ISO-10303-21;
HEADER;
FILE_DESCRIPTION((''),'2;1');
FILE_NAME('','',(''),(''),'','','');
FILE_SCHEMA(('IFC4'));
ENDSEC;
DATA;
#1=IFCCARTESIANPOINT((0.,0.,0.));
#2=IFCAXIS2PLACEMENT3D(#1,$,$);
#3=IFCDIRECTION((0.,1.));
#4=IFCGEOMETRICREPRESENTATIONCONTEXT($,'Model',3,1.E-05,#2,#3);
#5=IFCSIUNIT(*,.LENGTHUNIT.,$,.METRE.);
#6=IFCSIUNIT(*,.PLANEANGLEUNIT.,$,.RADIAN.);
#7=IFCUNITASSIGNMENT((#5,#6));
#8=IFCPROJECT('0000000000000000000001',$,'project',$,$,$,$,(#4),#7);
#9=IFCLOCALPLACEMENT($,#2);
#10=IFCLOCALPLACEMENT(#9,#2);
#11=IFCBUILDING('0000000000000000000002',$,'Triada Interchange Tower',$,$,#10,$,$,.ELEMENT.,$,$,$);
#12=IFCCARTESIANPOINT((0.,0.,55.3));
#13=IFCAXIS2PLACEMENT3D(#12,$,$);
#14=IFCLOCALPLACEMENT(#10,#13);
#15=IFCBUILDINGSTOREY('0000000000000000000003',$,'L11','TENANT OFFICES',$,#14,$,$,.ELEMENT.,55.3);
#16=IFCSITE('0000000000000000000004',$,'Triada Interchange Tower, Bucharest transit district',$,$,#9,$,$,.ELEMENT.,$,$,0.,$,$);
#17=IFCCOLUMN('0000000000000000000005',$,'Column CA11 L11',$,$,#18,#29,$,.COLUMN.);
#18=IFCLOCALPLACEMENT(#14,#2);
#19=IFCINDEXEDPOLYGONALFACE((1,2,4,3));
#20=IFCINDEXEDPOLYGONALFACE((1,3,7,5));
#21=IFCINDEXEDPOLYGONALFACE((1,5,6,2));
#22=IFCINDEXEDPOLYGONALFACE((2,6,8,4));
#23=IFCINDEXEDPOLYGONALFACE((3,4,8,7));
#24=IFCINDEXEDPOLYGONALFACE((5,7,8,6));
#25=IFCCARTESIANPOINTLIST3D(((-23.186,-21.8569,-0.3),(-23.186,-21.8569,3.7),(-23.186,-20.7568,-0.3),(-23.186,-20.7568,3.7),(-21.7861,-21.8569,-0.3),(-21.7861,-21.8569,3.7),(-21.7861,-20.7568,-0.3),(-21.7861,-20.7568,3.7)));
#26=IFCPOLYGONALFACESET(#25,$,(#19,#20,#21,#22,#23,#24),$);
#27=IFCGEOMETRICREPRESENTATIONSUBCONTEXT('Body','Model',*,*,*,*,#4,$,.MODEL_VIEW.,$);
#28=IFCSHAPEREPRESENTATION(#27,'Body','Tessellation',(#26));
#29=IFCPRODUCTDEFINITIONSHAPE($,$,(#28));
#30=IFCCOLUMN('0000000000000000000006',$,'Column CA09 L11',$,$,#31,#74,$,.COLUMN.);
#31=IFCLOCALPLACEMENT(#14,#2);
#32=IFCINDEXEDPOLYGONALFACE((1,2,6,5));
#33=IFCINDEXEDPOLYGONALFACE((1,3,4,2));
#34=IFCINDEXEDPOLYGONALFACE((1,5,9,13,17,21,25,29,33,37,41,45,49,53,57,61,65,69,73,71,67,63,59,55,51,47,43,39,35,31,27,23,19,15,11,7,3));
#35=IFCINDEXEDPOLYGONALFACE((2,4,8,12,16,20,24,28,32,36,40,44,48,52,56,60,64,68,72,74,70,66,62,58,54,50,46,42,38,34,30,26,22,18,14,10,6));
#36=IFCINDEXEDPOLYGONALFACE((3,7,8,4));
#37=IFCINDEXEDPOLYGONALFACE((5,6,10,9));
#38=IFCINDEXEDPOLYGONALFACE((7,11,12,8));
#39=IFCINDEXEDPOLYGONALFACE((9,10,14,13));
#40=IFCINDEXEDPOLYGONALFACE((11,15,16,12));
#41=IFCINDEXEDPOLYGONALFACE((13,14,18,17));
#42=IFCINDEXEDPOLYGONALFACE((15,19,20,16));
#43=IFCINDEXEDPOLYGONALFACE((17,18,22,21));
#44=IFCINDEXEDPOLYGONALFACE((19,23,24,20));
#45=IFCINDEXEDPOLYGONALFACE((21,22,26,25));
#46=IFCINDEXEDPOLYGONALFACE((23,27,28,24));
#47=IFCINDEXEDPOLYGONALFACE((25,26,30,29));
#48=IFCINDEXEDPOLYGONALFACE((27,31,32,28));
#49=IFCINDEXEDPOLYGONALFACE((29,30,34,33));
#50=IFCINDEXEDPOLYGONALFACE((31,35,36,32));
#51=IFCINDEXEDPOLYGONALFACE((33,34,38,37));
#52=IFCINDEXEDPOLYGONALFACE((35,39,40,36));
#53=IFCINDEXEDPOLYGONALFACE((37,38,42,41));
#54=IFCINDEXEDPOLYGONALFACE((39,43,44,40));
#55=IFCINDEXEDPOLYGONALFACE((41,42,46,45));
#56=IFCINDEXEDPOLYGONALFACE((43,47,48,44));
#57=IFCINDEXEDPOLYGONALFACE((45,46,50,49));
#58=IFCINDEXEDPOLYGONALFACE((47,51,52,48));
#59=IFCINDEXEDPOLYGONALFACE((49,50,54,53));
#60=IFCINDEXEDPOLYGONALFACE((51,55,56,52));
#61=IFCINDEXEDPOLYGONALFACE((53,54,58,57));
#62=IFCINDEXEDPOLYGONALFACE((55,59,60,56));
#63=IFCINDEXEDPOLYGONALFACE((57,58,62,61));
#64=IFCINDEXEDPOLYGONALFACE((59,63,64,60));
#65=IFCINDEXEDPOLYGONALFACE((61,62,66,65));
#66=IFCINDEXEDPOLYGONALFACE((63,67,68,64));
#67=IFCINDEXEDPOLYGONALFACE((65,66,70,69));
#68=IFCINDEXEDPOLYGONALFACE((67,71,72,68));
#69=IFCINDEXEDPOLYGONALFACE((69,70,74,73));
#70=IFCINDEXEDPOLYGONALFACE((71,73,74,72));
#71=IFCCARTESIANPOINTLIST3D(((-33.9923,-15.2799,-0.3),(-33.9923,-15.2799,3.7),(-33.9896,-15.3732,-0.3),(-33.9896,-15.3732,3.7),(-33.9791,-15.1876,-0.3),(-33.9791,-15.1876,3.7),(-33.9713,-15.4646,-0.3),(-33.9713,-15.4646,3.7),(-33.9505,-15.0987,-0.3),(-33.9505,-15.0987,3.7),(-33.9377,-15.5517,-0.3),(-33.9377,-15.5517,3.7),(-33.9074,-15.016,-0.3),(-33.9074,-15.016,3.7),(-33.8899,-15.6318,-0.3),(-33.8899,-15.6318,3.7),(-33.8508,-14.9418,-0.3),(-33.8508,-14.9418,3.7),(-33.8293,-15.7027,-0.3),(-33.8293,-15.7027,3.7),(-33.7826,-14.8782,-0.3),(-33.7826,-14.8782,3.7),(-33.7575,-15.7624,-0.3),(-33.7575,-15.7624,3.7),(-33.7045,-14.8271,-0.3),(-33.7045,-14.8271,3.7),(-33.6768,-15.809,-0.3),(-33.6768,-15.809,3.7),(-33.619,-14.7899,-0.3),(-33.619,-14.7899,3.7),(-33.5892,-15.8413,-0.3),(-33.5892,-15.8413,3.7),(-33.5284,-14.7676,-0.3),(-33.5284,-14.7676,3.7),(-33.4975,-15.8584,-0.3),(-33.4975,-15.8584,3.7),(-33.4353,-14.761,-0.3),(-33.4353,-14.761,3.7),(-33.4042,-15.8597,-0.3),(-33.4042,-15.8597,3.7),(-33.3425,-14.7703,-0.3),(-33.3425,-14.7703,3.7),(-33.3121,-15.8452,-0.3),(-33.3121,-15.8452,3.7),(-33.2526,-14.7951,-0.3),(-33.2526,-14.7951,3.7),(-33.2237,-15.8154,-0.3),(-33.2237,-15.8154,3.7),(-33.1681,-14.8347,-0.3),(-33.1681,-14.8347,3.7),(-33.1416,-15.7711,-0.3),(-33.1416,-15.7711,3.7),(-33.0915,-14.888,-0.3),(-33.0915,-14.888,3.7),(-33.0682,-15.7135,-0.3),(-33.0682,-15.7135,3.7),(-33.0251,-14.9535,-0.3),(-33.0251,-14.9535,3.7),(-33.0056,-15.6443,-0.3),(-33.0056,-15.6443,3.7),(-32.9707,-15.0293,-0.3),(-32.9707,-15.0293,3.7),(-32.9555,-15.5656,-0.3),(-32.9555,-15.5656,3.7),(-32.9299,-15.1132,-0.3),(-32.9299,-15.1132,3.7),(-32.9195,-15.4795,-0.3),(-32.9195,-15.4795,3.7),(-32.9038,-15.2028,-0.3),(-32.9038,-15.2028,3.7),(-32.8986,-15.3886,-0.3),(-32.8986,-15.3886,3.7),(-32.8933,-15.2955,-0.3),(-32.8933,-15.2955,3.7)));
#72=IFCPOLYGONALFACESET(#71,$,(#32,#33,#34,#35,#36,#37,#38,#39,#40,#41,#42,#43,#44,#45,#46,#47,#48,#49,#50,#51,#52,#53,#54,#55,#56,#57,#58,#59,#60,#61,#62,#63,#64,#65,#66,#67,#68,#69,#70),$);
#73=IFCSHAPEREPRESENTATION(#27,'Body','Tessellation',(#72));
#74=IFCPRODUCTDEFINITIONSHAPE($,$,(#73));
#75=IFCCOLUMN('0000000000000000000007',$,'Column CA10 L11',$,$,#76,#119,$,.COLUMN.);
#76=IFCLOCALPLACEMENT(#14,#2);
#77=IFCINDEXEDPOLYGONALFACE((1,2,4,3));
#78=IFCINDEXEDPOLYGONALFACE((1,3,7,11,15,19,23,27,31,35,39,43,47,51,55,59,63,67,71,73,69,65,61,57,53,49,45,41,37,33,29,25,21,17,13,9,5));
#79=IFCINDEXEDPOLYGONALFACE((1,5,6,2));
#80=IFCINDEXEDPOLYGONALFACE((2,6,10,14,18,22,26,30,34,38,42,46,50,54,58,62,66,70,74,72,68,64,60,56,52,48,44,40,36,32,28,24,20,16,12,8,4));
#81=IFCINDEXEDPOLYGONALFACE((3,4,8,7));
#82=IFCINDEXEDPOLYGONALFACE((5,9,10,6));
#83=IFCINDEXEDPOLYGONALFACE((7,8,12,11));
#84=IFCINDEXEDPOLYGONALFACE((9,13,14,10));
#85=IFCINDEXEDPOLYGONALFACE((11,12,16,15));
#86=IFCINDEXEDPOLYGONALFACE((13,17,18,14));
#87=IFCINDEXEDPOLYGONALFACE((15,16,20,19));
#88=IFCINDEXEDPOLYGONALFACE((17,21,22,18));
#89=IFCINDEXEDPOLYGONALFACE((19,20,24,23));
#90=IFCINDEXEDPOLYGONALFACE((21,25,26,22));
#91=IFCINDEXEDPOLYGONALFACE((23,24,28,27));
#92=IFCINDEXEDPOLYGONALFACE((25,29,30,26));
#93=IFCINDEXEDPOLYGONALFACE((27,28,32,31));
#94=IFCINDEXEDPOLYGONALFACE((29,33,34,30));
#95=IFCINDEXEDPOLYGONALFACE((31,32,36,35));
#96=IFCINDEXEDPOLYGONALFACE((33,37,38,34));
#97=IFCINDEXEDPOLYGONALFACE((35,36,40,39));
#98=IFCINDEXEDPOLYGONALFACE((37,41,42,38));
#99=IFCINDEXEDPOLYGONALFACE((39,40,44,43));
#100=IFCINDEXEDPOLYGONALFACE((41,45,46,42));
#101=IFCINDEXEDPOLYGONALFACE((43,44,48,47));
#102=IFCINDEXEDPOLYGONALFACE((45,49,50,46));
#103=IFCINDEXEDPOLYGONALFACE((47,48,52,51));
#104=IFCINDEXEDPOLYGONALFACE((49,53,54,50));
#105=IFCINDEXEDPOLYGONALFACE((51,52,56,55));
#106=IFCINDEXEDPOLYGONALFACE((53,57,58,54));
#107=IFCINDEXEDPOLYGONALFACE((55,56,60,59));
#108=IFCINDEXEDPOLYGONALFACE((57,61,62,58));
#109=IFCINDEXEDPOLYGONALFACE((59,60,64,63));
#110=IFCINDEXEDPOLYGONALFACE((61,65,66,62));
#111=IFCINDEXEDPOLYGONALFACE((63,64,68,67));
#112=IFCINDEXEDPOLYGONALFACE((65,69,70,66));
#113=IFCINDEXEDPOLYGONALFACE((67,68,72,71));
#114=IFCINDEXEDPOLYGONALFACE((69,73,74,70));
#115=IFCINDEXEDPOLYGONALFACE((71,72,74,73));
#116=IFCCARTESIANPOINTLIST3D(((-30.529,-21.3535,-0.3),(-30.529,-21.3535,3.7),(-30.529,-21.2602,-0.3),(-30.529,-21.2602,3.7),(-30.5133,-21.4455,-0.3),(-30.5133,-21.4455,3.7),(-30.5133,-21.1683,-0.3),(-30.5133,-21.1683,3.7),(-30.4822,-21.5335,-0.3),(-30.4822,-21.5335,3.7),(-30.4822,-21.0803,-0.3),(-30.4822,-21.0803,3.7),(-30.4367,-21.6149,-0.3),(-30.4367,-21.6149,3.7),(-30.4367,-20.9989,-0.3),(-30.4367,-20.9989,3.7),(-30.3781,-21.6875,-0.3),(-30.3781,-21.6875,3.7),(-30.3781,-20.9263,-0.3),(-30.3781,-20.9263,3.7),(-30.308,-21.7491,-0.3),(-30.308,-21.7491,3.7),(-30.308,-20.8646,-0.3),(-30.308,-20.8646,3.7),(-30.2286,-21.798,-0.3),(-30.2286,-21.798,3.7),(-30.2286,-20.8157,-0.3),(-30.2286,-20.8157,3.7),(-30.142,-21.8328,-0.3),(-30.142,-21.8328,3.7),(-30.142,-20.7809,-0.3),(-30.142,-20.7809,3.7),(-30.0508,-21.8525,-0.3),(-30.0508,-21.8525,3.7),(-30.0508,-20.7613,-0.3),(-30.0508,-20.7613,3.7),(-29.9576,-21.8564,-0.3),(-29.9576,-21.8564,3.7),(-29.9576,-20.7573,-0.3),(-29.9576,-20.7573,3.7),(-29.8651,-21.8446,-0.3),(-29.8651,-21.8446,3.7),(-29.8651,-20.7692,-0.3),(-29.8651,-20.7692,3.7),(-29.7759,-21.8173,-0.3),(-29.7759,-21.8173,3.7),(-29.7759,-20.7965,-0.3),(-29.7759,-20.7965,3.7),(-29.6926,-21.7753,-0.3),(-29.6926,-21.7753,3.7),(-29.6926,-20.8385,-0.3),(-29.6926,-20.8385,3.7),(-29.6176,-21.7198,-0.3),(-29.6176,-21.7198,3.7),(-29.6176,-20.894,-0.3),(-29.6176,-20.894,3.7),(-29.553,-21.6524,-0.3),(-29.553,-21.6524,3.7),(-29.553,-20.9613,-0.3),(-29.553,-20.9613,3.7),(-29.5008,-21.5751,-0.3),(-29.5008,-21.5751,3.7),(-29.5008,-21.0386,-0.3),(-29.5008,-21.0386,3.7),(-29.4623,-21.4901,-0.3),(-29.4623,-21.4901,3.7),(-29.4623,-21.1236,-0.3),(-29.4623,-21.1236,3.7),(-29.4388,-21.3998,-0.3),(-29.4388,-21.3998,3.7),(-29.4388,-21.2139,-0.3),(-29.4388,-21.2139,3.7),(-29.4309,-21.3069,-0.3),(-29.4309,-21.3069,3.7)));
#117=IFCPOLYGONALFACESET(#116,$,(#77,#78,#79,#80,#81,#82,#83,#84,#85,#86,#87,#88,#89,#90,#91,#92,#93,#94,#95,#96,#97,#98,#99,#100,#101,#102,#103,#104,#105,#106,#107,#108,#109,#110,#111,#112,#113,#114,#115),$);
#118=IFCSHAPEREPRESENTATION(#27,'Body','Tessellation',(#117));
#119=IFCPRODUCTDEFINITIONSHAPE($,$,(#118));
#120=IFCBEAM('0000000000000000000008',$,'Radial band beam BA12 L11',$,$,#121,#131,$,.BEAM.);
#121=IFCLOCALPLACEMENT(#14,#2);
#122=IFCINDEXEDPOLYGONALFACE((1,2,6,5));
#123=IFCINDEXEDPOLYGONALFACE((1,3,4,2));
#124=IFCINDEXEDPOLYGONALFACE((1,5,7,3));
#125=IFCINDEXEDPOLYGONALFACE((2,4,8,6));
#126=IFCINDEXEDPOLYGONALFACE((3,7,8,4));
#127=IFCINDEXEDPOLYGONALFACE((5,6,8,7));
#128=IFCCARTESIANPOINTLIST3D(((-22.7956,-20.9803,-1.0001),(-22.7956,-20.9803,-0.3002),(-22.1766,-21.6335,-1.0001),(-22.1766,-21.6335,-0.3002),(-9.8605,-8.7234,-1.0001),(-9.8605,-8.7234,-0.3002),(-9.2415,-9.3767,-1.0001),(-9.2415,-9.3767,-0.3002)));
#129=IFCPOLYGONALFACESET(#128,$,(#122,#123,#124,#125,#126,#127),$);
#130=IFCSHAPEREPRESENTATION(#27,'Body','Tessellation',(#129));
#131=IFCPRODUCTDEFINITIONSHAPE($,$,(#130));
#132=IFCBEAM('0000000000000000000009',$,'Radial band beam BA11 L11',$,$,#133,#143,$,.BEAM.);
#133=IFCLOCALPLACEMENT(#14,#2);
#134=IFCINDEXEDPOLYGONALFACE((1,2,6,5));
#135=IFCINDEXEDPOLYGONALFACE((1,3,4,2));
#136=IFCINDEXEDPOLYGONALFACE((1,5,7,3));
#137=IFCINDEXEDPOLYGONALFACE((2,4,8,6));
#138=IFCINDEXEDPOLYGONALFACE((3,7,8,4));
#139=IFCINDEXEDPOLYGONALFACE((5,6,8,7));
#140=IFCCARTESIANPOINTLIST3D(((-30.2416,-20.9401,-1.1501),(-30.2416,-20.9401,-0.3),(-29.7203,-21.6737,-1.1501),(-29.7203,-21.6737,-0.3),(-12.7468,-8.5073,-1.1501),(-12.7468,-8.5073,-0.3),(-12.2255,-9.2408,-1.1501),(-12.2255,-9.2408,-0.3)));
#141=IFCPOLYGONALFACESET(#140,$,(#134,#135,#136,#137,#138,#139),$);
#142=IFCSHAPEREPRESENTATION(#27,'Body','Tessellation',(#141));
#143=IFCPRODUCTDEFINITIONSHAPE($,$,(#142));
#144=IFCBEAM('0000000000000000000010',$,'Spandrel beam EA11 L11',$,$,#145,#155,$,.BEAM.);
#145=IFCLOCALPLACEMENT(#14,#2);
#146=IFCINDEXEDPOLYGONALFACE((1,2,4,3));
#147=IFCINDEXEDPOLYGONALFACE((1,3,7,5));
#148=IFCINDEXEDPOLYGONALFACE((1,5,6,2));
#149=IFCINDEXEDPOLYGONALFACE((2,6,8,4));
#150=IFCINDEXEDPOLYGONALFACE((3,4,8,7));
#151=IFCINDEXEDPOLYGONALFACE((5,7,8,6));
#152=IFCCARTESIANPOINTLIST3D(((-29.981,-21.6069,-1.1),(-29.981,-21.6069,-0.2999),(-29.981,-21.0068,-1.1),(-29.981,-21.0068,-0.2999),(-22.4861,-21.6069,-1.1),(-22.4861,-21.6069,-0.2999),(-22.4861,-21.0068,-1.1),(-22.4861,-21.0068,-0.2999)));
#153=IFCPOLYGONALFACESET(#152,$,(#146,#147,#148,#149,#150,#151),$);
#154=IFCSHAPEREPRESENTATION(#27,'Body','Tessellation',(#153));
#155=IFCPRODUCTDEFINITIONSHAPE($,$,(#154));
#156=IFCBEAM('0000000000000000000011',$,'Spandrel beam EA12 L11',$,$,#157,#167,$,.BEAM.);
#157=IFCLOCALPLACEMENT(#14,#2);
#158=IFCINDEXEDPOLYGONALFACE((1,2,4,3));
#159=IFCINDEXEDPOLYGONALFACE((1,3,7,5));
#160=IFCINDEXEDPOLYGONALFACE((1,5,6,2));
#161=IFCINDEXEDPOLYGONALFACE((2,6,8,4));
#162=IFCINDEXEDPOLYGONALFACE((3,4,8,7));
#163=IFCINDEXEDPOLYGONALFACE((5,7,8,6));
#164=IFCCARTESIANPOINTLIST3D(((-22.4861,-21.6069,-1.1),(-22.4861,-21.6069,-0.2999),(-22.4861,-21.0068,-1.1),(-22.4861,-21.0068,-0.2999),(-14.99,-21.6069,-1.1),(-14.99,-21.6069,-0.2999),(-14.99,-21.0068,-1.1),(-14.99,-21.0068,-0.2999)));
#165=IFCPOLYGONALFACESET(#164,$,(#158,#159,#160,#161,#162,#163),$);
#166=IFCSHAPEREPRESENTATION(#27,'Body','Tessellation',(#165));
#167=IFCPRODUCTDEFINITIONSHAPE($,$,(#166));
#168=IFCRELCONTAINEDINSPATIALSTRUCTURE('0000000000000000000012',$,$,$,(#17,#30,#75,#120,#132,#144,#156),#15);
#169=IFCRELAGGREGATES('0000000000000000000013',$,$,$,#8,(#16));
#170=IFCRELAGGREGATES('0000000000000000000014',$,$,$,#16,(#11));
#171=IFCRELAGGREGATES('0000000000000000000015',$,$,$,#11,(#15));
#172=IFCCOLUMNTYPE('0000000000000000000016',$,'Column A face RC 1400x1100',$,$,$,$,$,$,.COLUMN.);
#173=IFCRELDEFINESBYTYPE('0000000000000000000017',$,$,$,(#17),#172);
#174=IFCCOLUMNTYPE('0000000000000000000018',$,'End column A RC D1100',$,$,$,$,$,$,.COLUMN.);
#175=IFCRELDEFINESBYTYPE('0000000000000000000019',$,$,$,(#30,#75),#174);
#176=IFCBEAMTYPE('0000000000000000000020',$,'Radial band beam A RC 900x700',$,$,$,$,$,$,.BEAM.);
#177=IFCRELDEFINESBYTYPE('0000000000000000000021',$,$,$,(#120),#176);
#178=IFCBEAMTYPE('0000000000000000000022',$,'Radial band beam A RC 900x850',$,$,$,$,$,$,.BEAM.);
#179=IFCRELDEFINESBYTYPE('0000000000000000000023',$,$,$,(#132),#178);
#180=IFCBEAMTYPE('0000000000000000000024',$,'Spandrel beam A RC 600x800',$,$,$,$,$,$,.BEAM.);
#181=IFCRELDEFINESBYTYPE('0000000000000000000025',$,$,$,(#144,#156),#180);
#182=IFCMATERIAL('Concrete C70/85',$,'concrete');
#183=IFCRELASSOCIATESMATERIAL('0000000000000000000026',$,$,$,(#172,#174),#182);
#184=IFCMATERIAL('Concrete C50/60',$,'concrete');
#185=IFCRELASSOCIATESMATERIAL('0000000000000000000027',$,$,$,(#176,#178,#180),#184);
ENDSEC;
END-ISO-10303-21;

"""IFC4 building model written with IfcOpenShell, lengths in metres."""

from ifc_helpers import new_model, si_unit, direction, frame, origin, origin_2d, place, context, subcontext, project, spatial, rectangle, circle, extrude, material, material_profile, profile_set, type_object, element, save


model = new_model("IFC4")

# Units and contexts
model_context = context("Model", 3, precision=1e-05, world=origin(), true_north=direction((0.0, 1.0)))
body_context = subcontext(model_context, "Body", "Model", "MODEL_VIEW")
ifc_project = project(units=[si_unit("LENGTHUNIT", "METRE"), si_unit("PLANEANGLEUNIT", "RADIAN")], contexts=[model_context])

# Site, building, storey
site_placement = place(None, origin())
site = spatial("IfcSite", under=ifc_project, at=site_placement, Name="Triada Interchange Tower, Bucharest transit district", CompositionType="ELEMENT", RefElevation=0.0)
building_placement = place(site_placement, origin())
building = spatial("IfcBuilding", under=site, at=building_placement, Name="Triada Interchange Tower", CompositionType="ELEMENT")
storey_placement = place(building_placement, frame((0.0, 0.0, 55.3)))
storey = spatial("IfcBuildingStorey", under=building, at=storey_placement, Name="L11", Description="TENANT OFFICES", CompositionType="ELEMENT", Elevation=55.3)

# Columns
ifc_material_1 = material(Name="Concrete C70/85", Category="concrete")
ifc_material_profile_1 = material_profile(ifc_material_1, rectangle(XDim=1.3999, YDim=1.1001, at=origin_2d()), Name="RC 1400x1100")
ifc_profile_set_1 = profile_set([ifc_material_profile_1], Name="Concrete C70/85")
column_type_1 = type_object("IfcColumnType", Name="Column A face RC 1400x1100", PredefinedType="COLUMN", material=ifc_profile_set_1)
column_placement = place(storey_placement, frame((-22.4861, -21.3069, -0.3), z_axis=(0.0, 0.0, 1.0), x_axis=(1.0, 0.0, 0.0)))
element("IfcColumn", 1, at=column_placement, inside=storey, type_object=column_type_1, Name="Column CA11 L11", PredefinedType="COLUMN", context=body_context, shape_type="SweptSolid", body=[
    extrude(rectangle(XDim=1.3999, YDim=1.1001, at=origin_2d()), origin(), (0.0, 0.0, 1.0), 4.0),
])
ifc_material_profile_2 = material_profile(ifc_material_1, circle(Radius=0.55, at=origin_2d()), Name="RC D1100")
ifc_profile_set_2 = profile_set([ifc_material_profile_2], Name="Concrete C70/85")
column_type_2 = type_object("IfcColumnType", Name="End column A RC D1100", PredefinedType="COLUMN", material=ifc_profile_set_2)
for number, where, z_axis, x_axis, name in (
    (2, (-33.4431, -15.311, -0.3), (0.0, 0.0, 1.0), (0.5, 0.866025, 0.0), "Column CA09 L11"),
    (3, (-29.981, -21.3069, -0.3), (0.0, 0.0, 1.0), (1.0, 0.0, 0.0), "Column CA10 L11"),
):
    element("IfcColumn", number, at=place(storey_placement, frame(where, z_axis=z_axis, x_axis=x_axis)), inside=storey, type_object=column_type_2, Name=name, PredefinedType="COLUMN", context=body_context, shape_type="SweptSolid", body=[
        extrude(circle(Radius=0.55, at=origin_2d()), origin(), (0.0, 0.0, 1.0), 4.0),
    ])

# Beams
ifc_material_2 = material(Name="Concrete C50/60", Category="concrete")
ifc_material_profile_3 = material_profile(ifc_material_2, rectangle(XDim=0.8999, YDim=0.7, at=origin_2d()), Name="RC 900x700")
ifc_profile_set_3 = profile_set([ifc_material_profile_3], Name="Concrete C50/60")
beam_type_1 = type_object("IfcBeamType", Name="Radial band beam A RC 900x700", PredefinedType="BEAM", material=ifc_profile_set_3)
beam_1_placement = place(storey_placement, frame((-22.4861, -21.3069, -0.6501), z_axis=(0.725881, 0.687821, 0.0), x_axis=(-0.687821, 0.725881, 0.0)))
element("IfcBeam", 4, at=beam_1_placement, inside=storey, type_object=beam_type_1, Name="Radial band beam BA12 L11", PredefinedType="BEAM", context=body_context, shape_type="SweptSolid", body=[
    extrude(rectangle(XDim=0.8999, YDim=0.7, at=origin_2d()), origin(), (0.0, 0.0, 1.0), 17.8198),
])
ifc_material_profile_4 = material_profile(ifc_material_2, rectangle(XDim=0.8999, YDim=0.8501, at=origin_2d()), Name="RC 900x850")
ifc_profile_set_4 = profile_set([ifc_material_profile_4], Name="Concrete C50/60")
beam_type_2 = type_object("IfcBeamType", Name="Radial band beam A RC 900x850", PredefinedType="BEAM", material=ifc_profile_set_4)
beam_2_placement = place(storey_placement, frame((-29.981, -21.3069, -0.7251), z_axis=(0.81513, 0.579278, 0.0), x_axis=(-0.579278, 0.81513, 0.0)))
element("IfcBeam", 5, at=beam_2_placement, inside=storey, type_object=beam_type_2, Name="Radial band beam BA11 L11", PredefinedType="BEAM", context=body_context, shape_type="SweptSolid", body=[
    extrude(rectangle(XDim=0.8999, YDim=0.8501, at=origin_2d()), origin(), (0.0, 0.0, 1.0), 21.4626),
])
ifc_material_profile_5 = material_profile(ifc_material_2, rectangle(XDim=0.6001, YDim=0.8, at=origin_2d()), Name="RC 600x800")
ifc_profile_set_5 = profile_set([ifc_material_profile_5], Name="Concrete C50/60")
beam_type_3 = type_object("IfcBeamType", Name="Spandrel beam A RC 600x800", PredefinedType="BEAM", material=ifc_profile_set_5)
beam_3_placement = place(storey_placement, frame((-29.981, -21.3069, -0.7), z_axis=(1.0, 0.0, 0.0), x_axis=(0.0, 1.0, 0.0)))
element("IfcBeam", 6, at=beam_3_placement, inside=storey, type_object=beam_type_3, Name="Spandrel beam EA11 L11", PredefinedType="BEAM", context=body_context, shape_type="SweptSolid", body=[
    extrude(rectangle(XDim=0.6001, YDim=0.8, at=origin_2d()), origin(), (0.0, 0.0, 1.0), 7.4949),
])
beam_4_placement = place(storey_placement, frame((-22.4861, -21.3069, -0.7), z_axis=(1.0, 0.0, 0.0), x_axis=(0.0, 1.0, 0.0)))
element("IfcBeam", 7, at=beam_4_placement, inside=storey, type_object=beam_type_3, Name="Spandrel beam EA12 L11", PredefinedType="BEAM", context=body_context, shape_type="SweptSolid", body=[
    extrude(rectangle(XDim=0.6001, YDim=0.8, at=origin_2d()), origin(), (0.0, 0.0, 1.0), 7.4961),
])

save(model, "model.ifc")
